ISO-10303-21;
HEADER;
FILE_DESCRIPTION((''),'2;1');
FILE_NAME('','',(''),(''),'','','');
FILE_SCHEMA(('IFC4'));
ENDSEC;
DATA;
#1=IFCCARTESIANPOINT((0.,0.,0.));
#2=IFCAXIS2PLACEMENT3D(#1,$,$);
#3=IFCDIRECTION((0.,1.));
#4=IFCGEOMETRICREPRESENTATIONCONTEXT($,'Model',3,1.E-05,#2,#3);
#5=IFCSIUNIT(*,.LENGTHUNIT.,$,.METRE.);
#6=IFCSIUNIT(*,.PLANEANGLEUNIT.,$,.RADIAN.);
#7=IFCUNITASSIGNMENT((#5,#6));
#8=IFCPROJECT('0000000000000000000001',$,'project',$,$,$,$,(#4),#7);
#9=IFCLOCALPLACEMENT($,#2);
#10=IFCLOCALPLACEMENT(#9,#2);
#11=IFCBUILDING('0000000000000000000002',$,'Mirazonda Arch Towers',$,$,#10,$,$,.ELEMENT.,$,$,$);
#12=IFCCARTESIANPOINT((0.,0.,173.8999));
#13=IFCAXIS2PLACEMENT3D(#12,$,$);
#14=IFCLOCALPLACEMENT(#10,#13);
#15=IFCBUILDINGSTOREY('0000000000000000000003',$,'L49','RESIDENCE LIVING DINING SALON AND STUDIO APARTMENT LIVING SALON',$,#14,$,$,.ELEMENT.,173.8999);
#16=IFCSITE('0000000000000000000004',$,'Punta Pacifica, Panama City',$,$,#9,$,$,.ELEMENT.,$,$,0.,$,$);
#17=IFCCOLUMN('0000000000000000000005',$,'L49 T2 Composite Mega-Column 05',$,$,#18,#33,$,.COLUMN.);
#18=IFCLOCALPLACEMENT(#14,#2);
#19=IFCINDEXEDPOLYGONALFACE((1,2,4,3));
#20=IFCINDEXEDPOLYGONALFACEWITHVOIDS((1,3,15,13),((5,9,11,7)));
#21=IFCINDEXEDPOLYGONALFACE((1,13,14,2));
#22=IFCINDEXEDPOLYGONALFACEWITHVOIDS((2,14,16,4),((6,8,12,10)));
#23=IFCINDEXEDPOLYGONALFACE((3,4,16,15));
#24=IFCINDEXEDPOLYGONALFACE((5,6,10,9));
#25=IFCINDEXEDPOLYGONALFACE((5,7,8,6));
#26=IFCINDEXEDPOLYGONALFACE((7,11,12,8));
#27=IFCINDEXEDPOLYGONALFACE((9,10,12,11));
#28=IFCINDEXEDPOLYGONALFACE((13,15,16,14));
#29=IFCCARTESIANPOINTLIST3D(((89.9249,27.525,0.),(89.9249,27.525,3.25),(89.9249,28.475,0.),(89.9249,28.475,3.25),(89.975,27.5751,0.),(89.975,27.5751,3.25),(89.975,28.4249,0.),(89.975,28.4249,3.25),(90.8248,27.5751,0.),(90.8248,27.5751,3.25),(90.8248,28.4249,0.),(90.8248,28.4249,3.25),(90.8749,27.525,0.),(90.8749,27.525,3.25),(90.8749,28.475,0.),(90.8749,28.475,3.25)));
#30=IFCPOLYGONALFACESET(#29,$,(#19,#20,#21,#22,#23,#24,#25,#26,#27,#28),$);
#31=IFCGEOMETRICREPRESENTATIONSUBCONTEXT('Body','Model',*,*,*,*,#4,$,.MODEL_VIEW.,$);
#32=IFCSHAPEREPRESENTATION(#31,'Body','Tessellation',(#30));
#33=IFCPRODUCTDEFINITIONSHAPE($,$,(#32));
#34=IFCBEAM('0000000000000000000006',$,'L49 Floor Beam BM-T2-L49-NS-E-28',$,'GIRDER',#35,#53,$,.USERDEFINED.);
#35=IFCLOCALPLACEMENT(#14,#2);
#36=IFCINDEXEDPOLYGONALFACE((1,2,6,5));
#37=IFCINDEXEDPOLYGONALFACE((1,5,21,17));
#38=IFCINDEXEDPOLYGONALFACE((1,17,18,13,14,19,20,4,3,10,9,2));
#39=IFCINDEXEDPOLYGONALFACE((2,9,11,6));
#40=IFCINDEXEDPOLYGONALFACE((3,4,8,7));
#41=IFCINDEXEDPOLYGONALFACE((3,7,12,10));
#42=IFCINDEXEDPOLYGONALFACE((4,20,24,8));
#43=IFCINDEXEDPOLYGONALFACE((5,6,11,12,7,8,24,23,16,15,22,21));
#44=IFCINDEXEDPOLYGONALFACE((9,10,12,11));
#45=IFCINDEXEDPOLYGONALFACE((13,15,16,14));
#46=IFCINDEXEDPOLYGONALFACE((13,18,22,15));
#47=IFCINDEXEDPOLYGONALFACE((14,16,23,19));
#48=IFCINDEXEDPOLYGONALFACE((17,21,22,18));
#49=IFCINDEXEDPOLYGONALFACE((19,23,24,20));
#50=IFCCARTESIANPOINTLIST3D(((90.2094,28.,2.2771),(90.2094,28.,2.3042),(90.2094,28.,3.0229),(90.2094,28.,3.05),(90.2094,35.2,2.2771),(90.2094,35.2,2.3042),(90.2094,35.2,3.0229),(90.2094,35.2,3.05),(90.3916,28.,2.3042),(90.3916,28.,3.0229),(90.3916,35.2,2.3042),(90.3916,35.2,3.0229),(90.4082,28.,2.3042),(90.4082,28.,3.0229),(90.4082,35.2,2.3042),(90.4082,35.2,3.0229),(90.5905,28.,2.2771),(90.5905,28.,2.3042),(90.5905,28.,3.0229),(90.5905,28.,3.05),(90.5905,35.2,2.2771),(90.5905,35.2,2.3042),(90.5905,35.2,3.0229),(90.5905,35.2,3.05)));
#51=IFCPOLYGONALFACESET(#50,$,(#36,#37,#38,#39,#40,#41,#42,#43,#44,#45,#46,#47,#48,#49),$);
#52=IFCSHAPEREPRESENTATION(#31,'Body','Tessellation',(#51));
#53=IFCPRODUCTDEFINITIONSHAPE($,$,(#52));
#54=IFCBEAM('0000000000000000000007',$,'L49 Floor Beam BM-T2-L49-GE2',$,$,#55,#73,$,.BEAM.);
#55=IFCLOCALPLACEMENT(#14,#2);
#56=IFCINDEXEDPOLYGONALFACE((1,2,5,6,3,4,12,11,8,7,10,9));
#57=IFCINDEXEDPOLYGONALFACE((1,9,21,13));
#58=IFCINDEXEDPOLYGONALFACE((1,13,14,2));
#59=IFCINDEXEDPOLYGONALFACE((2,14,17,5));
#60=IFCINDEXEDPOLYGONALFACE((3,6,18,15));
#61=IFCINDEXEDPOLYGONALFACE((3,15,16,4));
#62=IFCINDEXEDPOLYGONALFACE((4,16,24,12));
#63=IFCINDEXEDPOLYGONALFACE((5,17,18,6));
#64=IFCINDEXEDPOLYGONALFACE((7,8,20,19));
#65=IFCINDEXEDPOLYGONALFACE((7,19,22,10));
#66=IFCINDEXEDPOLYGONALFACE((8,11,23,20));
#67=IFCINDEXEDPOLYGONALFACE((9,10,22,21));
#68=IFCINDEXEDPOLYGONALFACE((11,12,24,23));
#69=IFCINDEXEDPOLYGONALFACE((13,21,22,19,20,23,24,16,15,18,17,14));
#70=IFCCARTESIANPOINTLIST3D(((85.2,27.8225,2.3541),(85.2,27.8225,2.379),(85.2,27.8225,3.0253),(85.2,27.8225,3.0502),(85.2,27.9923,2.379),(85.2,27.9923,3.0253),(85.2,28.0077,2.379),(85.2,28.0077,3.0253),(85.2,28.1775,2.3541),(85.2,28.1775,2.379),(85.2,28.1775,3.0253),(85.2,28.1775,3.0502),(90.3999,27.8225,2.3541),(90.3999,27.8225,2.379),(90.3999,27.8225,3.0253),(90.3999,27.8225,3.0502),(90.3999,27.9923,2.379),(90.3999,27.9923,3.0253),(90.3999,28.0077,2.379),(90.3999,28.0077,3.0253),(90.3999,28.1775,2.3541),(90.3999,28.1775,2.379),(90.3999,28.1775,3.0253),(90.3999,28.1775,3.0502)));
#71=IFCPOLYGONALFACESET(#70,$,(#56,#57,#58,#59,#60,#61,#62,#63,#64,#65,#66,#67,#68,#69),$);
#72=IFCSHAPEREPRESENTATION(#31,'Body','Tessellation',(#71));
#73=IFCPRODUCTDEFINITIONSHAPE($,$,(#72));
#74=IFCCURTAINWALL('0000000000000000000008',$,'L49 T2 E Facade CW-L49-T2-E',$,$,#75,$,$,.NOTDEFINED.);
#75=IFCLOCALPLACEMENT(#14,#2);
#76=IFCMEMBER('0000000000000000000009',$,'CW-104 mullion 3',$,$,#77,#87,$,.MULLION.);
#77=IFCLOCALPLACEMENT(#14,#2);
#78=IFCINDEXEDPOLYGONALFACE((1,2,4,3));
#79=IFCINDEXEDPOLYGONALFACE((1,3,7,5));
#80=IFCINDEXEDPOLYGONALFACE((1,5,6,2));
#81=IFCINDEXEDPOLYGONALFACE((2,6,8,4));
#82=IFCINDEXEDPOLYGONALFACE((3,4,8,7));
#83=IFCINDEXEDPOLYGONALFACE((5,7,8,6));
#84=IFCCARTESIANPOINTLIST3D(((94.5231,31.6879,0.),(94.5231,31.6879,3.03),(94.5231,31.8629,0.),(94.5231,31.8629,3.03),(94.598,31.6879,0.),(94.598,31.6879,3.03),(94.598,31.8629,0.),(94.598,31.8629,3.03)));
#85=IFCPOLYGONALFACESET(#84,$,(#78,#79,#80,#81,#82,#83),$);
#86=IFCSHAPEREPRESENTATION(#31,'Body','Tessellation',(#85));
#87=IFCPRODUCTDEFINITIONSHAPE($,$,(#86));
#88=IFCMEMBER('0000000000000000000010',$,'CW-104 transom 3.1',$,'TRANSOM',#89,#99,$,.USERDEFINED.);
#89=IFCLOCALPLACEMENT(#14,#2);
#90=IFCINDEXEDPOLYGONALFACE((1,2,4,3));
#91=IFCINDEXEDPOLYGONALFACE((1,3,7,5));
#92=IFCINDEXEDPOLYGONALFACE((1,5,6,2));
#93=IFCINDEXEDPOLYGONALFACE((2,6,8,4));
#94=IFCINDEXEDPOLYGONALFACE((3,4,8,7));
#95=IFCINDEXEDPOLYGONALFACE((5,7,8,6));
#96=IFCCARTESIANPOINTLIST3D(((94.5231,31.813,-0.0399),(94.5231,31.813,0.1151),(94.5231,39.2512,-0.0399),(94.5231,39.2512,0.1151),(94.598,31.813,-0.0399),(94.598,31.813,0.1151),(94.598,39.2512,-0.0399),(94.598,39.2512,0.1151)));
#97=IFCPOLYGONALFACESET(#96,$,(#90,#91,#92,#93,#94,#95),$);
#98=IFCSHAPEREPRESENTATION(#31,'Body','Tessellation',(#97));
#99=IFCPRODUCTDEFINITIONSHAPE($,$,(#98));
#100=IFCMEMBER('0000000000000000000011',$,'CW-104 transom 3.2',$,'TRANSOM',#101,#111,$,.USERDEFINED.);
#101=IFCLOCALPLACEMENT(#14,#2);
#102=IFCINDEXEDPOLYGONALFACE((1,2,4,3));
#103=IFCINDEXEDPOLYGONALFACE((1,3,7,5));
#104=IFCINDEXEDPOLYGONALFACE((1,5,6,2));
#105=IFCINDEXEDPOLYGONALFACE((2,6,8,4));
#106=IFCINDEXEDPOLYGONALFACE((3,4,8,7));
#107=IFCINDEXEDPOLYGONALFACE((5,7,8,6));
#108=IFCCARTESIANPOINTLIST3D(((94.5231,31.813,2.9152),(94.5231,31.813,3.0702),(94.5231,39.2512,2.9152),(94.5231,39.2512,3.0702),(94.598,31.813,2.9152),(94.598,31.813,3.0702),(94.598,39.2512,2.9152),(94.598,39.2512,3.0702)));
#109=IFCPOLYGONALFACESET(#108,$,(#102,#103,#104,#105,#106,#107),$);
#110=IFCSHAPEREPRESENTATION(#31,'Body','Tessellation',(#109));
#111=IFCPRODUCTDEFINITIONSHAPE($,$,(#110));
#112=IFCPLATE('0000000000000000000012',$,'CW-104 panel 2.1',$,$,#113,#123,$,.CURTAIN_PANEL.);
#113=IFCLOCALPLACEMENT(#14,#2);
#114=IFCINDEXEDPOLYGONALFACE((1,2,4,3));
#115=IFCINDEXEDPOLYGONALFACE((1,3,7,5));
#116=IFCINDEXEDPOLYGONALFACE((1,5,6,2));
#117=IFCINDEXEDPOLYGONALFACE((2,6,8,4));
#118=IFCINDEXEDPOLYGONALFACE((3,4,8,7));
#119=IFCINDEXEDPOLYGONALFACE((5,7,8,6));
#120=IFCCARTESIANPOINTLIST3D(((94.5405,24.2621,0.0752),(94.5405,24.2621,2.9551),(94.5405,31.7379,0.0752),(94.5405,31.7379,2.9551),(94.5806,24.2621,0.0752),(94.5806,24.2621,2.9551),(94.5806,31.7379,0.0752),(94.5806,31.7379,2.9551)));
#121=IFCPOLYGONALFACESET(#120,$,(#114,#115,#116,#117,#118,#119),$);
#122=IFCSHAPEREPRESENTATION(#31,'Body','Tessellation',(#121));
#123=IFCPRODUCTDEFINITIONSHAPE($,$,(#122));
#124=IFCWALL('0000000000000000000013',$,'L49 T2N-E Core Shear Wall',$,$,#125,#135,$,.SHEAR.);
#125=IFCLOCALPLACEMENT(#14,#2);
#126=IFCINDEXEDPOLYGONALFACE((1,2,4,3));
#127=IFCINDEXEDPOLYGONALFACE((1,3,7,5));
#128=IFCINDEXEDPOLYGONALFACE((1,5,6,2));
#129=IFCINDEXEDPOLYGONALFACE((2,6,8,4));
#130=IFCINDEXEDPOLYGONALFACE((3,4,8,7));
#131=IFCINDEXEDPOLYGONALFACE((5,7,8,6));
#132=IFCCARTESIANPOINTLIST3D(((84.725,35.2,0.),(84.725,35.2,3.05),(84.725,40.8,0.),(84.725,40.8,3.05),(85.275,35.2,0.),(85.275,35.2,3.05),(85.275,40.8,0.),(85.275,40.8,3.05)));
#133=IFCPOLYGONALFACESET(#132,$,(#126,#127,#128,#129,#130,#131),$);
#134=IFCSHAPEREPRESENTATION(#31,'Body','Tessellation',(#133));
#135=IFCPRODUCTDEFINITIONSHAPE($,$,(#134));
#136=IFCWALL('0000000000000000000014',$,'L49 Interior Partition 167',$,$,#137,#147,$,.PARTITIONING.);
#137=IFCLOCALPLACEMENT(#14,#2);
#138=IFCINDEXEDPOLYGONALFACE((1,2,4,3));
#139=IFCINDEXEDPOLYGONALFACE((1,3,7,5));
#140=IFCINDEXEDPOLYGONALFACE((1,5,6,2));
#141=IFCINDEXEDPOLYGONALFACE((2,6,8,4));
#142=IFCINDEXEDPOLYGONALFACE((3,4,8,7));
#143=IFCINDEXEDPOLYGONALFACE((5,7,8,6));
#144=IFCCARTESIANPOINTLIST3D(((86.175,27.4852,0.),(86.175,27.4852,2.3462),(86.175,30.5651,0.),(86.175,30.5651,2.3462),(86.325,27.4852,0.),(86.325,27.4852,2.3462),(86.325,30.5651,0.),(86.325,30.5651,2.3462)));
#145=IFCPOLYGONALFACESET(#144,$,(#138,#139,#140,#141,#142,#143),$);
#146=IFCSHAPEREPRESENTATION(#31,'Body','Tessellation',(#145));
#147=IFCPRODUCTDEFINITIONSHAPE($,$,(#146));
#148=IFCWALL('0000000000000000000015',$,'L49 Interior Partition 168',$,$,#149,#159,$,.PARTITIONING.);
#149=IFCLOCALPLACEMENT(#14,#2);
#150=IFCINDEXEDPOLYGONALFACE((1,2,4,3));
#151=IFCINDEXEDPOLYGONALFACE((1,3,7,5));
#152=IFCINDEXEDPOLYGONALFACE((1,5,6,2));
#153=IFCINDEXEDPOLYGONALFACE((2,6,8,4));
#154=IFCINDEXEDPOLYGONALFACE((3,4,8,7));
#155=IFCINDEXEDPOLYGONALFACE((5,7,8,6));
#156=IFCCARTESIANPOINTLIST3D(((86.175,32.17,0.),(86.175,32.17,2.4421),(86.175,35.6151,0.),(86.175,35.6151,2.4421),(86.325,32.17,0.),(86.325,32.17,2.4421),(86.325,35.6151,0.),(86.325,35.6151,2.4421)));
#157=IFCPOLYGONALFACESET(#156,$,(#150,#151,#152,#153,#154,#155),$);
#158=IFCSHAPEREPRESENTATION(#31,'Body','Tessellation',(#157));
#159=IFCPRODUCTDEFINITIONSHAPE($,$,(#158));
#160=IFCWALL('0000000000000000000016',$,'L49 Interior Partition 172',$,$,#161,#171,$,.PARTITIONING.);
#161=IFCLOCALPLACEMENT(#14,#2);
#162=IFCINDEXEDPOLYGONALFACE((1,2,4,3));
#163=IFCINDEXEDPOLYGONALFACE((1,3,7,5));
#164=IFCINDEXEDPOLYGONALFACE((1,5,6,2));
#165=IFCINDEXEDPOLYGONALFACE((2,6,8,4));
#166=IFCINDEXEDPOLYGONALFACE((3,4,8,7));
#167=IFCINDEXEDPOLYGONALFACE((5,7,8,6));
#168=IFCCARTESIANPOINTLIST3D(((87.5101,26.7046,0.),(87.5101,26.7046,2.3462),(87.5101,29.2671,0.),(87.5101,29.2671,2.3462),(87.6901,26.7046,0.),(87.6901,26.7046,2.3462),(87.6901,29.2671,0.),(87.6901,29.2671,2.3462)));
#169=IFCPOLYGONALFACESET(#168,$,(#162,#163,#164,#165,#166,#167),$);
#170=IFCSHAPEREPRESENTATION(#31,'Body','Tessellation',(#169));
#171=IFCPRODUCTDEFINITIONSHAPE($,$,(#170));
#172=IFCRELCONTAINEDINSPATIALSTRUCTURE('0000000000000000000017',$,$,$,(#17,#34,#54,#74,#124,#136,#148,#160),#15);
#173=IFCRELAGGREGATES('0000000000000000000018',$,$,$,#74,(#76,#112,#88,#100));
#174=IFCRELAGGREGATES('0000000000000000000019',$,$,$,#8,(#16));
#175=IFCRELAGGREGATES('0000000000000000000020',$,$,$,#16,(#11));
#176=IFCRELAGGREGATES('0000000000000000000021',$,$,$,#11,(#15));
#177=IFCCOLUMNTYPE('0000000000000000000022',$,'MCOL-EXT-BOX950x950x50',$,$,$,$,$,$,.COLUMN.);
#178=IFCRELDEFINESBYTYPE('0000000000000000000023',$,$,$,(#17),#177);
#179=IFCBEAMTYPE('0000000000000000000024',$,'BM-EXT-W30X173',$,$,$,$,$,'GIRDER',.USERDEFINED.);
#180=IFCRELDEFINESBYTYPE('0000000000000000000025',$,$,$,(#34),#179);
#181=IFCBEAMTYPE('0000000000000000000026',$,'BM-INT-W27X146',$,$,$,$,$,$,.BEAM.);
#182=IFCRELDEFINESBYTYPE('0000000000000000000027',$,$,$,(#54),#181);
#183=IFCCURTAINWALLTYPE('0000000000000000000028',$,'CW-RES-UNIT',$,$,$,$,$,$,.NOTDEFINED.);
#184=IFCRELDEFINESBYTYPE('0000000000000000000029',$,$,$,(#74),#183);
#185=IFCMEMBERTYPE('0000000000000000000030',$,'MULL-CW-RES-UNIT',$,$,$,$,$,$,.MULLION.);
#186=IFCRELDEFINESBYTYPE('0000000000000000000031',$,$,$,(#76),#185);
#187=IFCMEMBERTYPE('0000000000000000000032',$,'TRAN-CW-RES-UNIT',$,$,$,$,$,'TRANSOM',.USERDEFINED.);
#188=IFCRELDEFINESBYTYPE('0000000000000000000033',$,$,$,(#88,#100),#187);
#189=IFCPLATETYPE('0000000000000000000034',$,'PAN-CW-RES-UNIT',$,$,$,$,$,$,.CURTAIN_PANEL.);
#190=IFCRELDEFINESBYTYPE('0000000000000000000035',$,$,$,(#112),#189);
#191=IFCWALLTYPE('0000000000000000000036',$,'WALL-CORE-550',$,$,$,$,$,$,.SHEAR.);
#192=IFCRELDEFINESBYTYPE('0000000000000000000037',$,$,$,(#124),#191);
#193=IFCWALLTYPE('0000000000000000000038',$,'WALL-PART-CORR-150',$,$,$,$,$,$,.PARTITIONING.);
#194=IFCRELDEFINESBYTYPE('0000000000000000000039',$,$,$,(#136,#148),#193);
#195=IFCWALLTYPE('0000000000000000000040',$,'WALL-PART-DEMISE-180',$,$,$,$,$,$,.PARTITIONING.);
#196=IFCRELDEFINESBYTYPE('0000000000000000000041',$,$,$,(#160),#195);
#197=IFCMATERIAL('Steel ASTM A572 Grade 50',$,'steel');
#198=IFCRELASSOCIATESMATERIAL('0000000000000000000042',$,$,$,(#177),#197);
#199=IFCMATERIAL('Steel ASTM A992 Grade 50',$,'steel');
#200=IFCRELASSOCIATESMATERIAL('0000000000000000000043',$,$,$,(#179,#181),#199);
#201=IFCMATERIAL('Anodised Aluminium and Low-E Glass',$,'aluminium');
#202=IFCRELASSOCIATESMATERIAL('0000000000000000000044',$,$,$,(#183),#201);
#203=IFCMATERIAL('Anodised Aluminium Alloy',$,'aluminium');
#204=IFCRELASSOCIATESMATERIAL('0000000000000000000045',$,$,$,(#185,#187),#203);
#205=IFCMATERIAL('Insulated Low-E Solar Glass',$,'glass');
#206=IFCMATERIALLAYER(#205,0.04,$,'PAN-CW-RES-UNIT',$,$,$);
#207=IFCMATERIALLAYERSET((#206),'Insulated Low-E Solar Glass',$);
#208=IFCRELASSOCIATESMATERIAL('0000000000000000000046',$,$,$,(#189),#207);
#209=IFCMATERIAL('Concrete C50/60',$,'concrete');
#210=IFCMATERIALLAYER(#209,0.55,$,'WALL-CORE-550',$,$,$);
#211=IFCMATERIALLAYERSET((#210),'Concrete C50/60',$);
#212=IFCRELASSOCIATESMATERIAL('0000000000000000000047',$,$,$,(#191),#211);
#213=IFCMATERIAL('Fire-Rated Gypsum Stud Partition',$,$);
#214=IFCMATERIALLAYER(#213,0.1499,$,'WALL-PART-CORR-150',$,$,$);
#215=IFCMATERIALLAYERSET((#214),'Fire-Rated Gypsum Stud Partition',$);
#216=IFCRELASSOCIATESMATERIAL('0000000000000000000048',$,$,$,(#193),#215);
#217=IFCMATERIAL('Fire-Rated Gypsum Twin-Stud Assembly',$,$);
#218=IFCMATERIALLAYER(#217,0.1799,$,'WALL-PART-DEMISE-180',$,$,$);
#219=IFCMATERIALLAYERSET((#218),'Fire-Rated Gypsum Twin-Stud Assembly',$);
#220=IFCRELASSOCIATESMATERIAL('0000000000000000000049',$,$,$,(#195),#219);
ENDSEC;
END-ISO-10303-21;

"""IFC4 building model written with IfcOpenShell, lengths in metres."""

from ifc_helpers import new_model, si_unit, direction, frame, frame_2d, origin, origin_2d, place, context, subcontext, project, spatial, rectangle, hollow_rectangle, i_section, extrude, material, layer, layer_set, material_profile, profile_set, type_object, element, aggregate, save


model = new_model("IFC4")

# Units and contexts
model_context = context("Model", 3, precision=1e-05, world=origin(), true_north=direction((0.0, 1.0)))
body_context = subcontext(model_context, "Body", "Model", "MODEL_VIEW")
ifc_project = project(units=[si_unit("LENGTHUNIT", "METRE"), si_unit("PLANEANGLEUNIT", "RADIAN")], contexts=[model_context])

# Site, building, storey
site_placement = place(None, origin())
site = spatial("IfcSite", under=ifc_project, at=site_placement, Name="Punta Pacifica, Panama City", CompositionType="ELEMENT", RefElevation=0.0)
building_placement = place(site_placement, origin())
building = spatial("IfcBuilding", under=site, at=building_placement, Name="Mirazonda Arch Towers", CompositionType="ELEMENT")
storey_placement = place(building_placement, frame((0.0, 0.0, 173.8999)))
storey = spatial("IfcBuildingStorey", under=building, at=storey_placement, Name="L49", Description="RESIDENCE LIVING DINING SALON AND STUDIO APARTMENT LIVING SALON", CompositionType="ELEMENT", Elevation=173.8999)

# Column
ifc_material_1 = material(Name="Steel ASTM A572 Grade 50", Category="steel")
ifc_material_profile_1 = material_profile(ifc_material_1, hollow_rectangle(XDim=0.95, YDim=0.95, WallThickness=0.05, at=origin_2d()), Name="BOX950x950x50")
ifc_profile_set_1 = profile_set([ifc_material_profile_1], Name="Steel ASTM A572 Grade 50")
column_type = type_object("IfcColumnType", Name="MCOL-EXT-BOX950x950x50", PredefinedType="COLUMN", material=ifc_profile_set_1)
column_placement = place(storey_placement, frame((90.3999, 28.0, 0.0), z_axis=(0.0, 0.0, 1.0), x_axis=(1.0, 0.0, 0.0)))
element("IfcColumn", 1, at=column_placement, inside=storey, type_object=column_type, Name="L49 T2 Composite Mega-Column 05", PredefinedType="COLUMN", context=body_context, shape_type="SweptSolid", body=[
    extrude(hollow_rectangle(XDim=0.95, YDim=0.95, WallThickness=0.05, at=origin_2d()), origin(), (0.0, 0.0, 1.0), 3.25),
])

# Beams
ifc_material_2 = material(Name="Steel ASTM A992 Grade 50", Category="steel")
ifc_material_profile_2 = material_profile(ifc_material_2, i_section(OverallWidth=0.3811, OverallDepth=0.7729, WebThickness=0.0166, FlangeThickness=0.0271, at=origin_2d()), Name="W30X173")
ifc_profile_set_2 = profile_set([ifc_material_profile_2], Name="Steel ASTM A992 Grade 50")
beam_type_1 = type_object("IfcBeamType", Name="BM-EXT-W30X173", ElementType="GIRDER", PredefinedType="USERDEFINED", material=ifc_profile_set_2)
beam_1_placement = place(storey_placement, frame((90.3999, 28.0, 2.6636), z_axis=(0.0, 1.0, 0.0), x_axis=(-1.0, 0.0, 0.0)))
element("IfcBeam", 2, at=beam_1_placement, inside=storey, type_object=beam_type_1, Name="L49 Floor Beam BM-T2-L49-NS-E-28", ObjectType="GIRDER", PredefinedType="USERDEFINED", context=body_context, shape_type="SweptSolid", body=[
    extrude(i_section(OverallWidth=0.3811, OverallDepth=0.7729, WebThickness=0.0166, FlangeThickness=0.0271, at=origin_2d()), origin(), (0.0, 0.0, 1.0), 7.2),
])
ifc_material_profile_3 = material_profile(ifc_material_2, i_section(OverallWidth=0.355, OverallDepth=0.696, WebThickness=0.0154, FlangeThickness=0.0249, at=origin_2d()), Name="W27X146")
ifc_profile_set_3 = profile_set([ifc_material_profile_3], Name="Steel ASTM A992 Grade 50")
beam_type_2 = type_object("IfcBeamType", Name="BM-INT-W27X146", PredefinedType="BEAM", material=ifc_profile_set_3)
beam_2_placement = place(storey_placement, frame((85.2, 28.0, 2.7021), z_axis=(1.0, 0.0, 0.0), x_axis=(0.0, 1.0, 0.0)))
element("IfcBeam", 3, at=beam_2_placement, inside=storey, type_object=beam_type_2, Name="L49 Floor Beam BM-T2-L49-GE2", PredefinedType="BEAM", context=body_context, shape_type="SweptSolid", body=[
    extrude(i_section(OverallWidth=0.355, OverallDepth=0.696, WebThickness=0.0154, FlangeThickness=0.0249, at=origin_2d()), origin(), (0.0, 0.0, 1.0), 5.2),
])

# Curtain wall, members, plate
ifc_material_3 = material(Name="Anodised Aluminium and Low-E Glass", Category="aluminium")
curtain_wall_type = type_object("IfcCurtainWallType", Name="CW-RES-UNIT", PredefinedType="NOTDEFINED", material=ifc_material_3)
curtain_wall_placement = place(storey_placement, origin())
curtain_wall = element("IfcCurtainWall", 4, at=curtain_wall_placement, inside=storey, type_object=curtain_wall_type, Name="L49 T2 E Facade CW-L49-T2-E", PredefinedType="NOTDEFINED")
ifc_material_4 = material(Name="Anodised Aluminium Alloy", Category="aluminium")
ifc_material_profile_4 = material_profile(ifc_material_4, rectangle(XDim=0.075, YDim=0.175, at=origin_2d()), Name="ALU-MULL-75x175")
ifc_profile_set_4 = profile_set([ifc_material_profile_4], Name="Anodised Aluminium Alloy")
member_type_1 = type_object("IfcMemberType", Name="MULL-CW-RES-UNIT", PredefinedType="MULLION", material=ifc_profile_set_4)
member_1_placement = place(storey_placement, frame((94.5605, 31.7754, 0.0), z_axis=(0.0, 0.0, 1.0), x_axis=(-1.0, 0.0, 0.0)))
member_1 = element("IfcMember", 5, at=member_1_placement, type_object=member_type_1, Name="CW-104 mullion 3", PredefinedType="MULLION", context=body_context, shape_type="SweptSolid", body=[
    extrude(rectangle(XDim=0.075, YDim=0.175, at=origin_2d()), origin(), (0.0, 0.0, 1.0), 3.03),
])
ifc_material_profile_5 = material_profile(ifc_material_4, rectangle(XDim=0.075, YDim=0.155, at=origin_2d()), Name="ALU-TRAN-75x155")
ifc_profile_set_5 = profile_set([ifc_material_profile_5], Name="Anodised Aluminium Alloy")
member_type_2 = type_object("IfcMemberType", Name="TRAN-CW-RES-UNIT", ElementType="TRANSOM", PredefinedType="USERDEFINED", material=ifc_profile_set_5)
member_2_placement = place(storey_placement, frame((94.5605, 31.813, 0.0376), z_axis=(0.0, 1.0, 0.0), x_axis=(-1.0, 0.0, 0.0)))
member_2 = element("IfcMember", 6, at=member_2_placement, type_object=member_type_2, Name="CW-104 transom 3.1", ObjectType="TRANSOM", PredefinedType="USERDEFINED", context=body_context, shape_type="SweptSolid", body=[
    extrude(rectangle(XDim=0.075, YDim=0.155, at=origin_2d()), origin(), (0.0, 0.0, 1.0), 7.4382),
])
member_3_placement = place(storey_placement, frame((94.5605, 31.813, 2.9927), z_axis=(0.0, 1.0, 0.0), x_axis=(-1.0, 0.0, 0.0)))
member_3 = element("IfcMember", 7, at=member_3_placement, type_object=member_type_2, Name="CW-104 transom 3.2", ObjectType="TRANSOM", PredefinedType="USERDEFINED", context=body_context, shape_type="SweptSolid", body=[
    extrude(rectangle(XDim=0.075, YDim=0.155, at=origin_2d()), origin(), (0.0, 0.0, 1.0), 7.4382),
])
ifc_material_5 = material(Name="Insulated Low-E Solar Glass", Category="glass")
ifc_layer_1 = layer(ifc_material_5, 0.04, Name="PAN-CW-RES-UNIT")
ifc_layer_set_1 = layer_set([ifc_layer_1], Name="Insulated Low-E Solar Glass")
plate_type = type_object("IfcPlateType", Name="PAN-CW-RES-UNIT", PredefinedType="CURTAIN_PANEL", material=ifc_layer_set_1)
plate_placement = place(storey_placement, frame((94.5605, 28.0, 0.0752), z_axis=(0.0, 0.0, 1.0), x_axis=(0.0, 1.0, 0.0)))
plate = element("IfcPlate", 8, at=plate_placement, type_object=plate_type, Name="CW-104 panel 2.1", PredefinedType="CURTAIN_PANEL", context=body_context, shape_type="SweptSolid", body=[
    extrude(rectangle(XDim=7.4758, YDim=0.04, at=origin_2d()), origin(), (0.0, 0.0, 1.0), 2.8799),
])
aggregate(curtain_wall, [member_1, plate, member_2, member_3])

# Wall
ifc_material_6 = material(Name="Concrete C50/60", Category="concrete")
ifc_layer_2 = layer(ifc_material_6, 0.55, Name="WALL-CORE-550")
ifc_layer_set_2 = layer_set([ifc_layer_2], Name="Concrete C50/60")
wall_type_1 = type_object("IfcWallType", Name="WALL-CORE-550", PredefinedType="SHEAR", material=ifc_layer_set_2)
wall_1_placement = place(storey_placement, frame((85.0, 35.2, 0.0), z_axis=(0.0, 0.0, 1.0), x_axis=(0.0, 1.0, 0.0)))
element("IfcWall", 9, at=wall_1_placement, inside=storey, type_object=wall_type_1, Name="L49 T2N-E Core Shear Wall", PredefinedType="SHEAR", context=body_context, shape_type="SweptSolid", body=[
    extrude(rectangle(XDim=5.6001, YDim=0.55, at=frame_2d((2.8, 0.0))), origin(), (0.0, 0.0, 1.0), 3.05),
])

# Shared definitions
ifc_material_7 = material(Name="Fire-Rated Gypsum Stud Partition")
ifc_layer_3 = layer(ifc_material_7, 0.1499, Name="WALL-PART-CORR-150")
ifc_layer_set_3 = layer_set([ifc_layer_3], Name="Fire-Rated Gypsum Stud Partition")
wall_type_2 = type_object("IfcWallType", Name="WALL-PART-CORR-150", PredefinedType="PARTITIONING", material=ifc_layer_set_3)

# Walls
wall_2_placement = place(storey_placement, frame((86.25, 27.4851, 0.0), z_axis=(0.0, 0.0, 1.0), x_axis=(0.0, 1.0, 0.0)))
element("IfcWall", 10, at=wall_2_placement, inside=storey, type_object=wall_type_2, Name="L49 Interior Partition 167", PredefinedType="PARTITIONING", context=body_context, shape_type="SweptSolid", body=[
    extrude(rectangle(XDim=3.0798, YDim=0.1499, at=frame_2d((1.54, 0.0))), origin(), (0.0, 0.0, 1.0), 2.3462),
])
wall_3_placement = place(storey_placement, frame((86.25, 32.1699, 0.0), z_axis=(0.0, 0.0, 1.0), x_axis=(0.0, 1.0, 0.0)))
element("IfcWall", 11, at=wall_3_placement, inside=storey, type_object=wall_type_2, Name="L49 Interior Partition 168", PredefinedType="PARTITIONING", context=body_context, shape_type="SweptSolid", body=[
    extrude(rectangle(XDim=3.4451, YDim=0.1499, at=frame_2d((1.7227, 0.0))), origin(), (0.0, 0.0, 1.0), 2.4421),
])
ifc_material_8 = material(Name="Fire-Rated Gypsum Twin-Stud Assembly")
ifc_layer_4 = layer(ifc_material_8, 0.1799, Name="WALL-PART-DEMISE-180")
ifc_layer_set_4 = layer_set([ifc_layer_4], Name="Fire-Rated Gypsum Twin-Stud Assembly")
wall_type_3 = type_object("IfcWallType", Name="WALL-PART-DEMISE-180", PredefinedType="PARTITIONING", material=ifc_layer_set_4)
wall_4_placement = place(storey_placement, frame((87.6001, 26.7046, 0.0), z_axis=(0.0, 0.0, 1.0), x_axis=(0.0, 1.0, 0.0)))
element("IfcWall", 12, at=wall_4_placement, inside=storey, type_object=wall_type_3, Name="L49 Interior Partition 172", PredefinedType="PARTITIONING", context=body_context, shape_type="SweptSolid", body=[
    extrude(rectangle(XDim=2.5625, YDim=0.1799, at=frame_2d((1.2812, 0.0))), origin(), (0.0, 0.0, 1.0), 2.3462),
])

save(model, "model.ifc")
